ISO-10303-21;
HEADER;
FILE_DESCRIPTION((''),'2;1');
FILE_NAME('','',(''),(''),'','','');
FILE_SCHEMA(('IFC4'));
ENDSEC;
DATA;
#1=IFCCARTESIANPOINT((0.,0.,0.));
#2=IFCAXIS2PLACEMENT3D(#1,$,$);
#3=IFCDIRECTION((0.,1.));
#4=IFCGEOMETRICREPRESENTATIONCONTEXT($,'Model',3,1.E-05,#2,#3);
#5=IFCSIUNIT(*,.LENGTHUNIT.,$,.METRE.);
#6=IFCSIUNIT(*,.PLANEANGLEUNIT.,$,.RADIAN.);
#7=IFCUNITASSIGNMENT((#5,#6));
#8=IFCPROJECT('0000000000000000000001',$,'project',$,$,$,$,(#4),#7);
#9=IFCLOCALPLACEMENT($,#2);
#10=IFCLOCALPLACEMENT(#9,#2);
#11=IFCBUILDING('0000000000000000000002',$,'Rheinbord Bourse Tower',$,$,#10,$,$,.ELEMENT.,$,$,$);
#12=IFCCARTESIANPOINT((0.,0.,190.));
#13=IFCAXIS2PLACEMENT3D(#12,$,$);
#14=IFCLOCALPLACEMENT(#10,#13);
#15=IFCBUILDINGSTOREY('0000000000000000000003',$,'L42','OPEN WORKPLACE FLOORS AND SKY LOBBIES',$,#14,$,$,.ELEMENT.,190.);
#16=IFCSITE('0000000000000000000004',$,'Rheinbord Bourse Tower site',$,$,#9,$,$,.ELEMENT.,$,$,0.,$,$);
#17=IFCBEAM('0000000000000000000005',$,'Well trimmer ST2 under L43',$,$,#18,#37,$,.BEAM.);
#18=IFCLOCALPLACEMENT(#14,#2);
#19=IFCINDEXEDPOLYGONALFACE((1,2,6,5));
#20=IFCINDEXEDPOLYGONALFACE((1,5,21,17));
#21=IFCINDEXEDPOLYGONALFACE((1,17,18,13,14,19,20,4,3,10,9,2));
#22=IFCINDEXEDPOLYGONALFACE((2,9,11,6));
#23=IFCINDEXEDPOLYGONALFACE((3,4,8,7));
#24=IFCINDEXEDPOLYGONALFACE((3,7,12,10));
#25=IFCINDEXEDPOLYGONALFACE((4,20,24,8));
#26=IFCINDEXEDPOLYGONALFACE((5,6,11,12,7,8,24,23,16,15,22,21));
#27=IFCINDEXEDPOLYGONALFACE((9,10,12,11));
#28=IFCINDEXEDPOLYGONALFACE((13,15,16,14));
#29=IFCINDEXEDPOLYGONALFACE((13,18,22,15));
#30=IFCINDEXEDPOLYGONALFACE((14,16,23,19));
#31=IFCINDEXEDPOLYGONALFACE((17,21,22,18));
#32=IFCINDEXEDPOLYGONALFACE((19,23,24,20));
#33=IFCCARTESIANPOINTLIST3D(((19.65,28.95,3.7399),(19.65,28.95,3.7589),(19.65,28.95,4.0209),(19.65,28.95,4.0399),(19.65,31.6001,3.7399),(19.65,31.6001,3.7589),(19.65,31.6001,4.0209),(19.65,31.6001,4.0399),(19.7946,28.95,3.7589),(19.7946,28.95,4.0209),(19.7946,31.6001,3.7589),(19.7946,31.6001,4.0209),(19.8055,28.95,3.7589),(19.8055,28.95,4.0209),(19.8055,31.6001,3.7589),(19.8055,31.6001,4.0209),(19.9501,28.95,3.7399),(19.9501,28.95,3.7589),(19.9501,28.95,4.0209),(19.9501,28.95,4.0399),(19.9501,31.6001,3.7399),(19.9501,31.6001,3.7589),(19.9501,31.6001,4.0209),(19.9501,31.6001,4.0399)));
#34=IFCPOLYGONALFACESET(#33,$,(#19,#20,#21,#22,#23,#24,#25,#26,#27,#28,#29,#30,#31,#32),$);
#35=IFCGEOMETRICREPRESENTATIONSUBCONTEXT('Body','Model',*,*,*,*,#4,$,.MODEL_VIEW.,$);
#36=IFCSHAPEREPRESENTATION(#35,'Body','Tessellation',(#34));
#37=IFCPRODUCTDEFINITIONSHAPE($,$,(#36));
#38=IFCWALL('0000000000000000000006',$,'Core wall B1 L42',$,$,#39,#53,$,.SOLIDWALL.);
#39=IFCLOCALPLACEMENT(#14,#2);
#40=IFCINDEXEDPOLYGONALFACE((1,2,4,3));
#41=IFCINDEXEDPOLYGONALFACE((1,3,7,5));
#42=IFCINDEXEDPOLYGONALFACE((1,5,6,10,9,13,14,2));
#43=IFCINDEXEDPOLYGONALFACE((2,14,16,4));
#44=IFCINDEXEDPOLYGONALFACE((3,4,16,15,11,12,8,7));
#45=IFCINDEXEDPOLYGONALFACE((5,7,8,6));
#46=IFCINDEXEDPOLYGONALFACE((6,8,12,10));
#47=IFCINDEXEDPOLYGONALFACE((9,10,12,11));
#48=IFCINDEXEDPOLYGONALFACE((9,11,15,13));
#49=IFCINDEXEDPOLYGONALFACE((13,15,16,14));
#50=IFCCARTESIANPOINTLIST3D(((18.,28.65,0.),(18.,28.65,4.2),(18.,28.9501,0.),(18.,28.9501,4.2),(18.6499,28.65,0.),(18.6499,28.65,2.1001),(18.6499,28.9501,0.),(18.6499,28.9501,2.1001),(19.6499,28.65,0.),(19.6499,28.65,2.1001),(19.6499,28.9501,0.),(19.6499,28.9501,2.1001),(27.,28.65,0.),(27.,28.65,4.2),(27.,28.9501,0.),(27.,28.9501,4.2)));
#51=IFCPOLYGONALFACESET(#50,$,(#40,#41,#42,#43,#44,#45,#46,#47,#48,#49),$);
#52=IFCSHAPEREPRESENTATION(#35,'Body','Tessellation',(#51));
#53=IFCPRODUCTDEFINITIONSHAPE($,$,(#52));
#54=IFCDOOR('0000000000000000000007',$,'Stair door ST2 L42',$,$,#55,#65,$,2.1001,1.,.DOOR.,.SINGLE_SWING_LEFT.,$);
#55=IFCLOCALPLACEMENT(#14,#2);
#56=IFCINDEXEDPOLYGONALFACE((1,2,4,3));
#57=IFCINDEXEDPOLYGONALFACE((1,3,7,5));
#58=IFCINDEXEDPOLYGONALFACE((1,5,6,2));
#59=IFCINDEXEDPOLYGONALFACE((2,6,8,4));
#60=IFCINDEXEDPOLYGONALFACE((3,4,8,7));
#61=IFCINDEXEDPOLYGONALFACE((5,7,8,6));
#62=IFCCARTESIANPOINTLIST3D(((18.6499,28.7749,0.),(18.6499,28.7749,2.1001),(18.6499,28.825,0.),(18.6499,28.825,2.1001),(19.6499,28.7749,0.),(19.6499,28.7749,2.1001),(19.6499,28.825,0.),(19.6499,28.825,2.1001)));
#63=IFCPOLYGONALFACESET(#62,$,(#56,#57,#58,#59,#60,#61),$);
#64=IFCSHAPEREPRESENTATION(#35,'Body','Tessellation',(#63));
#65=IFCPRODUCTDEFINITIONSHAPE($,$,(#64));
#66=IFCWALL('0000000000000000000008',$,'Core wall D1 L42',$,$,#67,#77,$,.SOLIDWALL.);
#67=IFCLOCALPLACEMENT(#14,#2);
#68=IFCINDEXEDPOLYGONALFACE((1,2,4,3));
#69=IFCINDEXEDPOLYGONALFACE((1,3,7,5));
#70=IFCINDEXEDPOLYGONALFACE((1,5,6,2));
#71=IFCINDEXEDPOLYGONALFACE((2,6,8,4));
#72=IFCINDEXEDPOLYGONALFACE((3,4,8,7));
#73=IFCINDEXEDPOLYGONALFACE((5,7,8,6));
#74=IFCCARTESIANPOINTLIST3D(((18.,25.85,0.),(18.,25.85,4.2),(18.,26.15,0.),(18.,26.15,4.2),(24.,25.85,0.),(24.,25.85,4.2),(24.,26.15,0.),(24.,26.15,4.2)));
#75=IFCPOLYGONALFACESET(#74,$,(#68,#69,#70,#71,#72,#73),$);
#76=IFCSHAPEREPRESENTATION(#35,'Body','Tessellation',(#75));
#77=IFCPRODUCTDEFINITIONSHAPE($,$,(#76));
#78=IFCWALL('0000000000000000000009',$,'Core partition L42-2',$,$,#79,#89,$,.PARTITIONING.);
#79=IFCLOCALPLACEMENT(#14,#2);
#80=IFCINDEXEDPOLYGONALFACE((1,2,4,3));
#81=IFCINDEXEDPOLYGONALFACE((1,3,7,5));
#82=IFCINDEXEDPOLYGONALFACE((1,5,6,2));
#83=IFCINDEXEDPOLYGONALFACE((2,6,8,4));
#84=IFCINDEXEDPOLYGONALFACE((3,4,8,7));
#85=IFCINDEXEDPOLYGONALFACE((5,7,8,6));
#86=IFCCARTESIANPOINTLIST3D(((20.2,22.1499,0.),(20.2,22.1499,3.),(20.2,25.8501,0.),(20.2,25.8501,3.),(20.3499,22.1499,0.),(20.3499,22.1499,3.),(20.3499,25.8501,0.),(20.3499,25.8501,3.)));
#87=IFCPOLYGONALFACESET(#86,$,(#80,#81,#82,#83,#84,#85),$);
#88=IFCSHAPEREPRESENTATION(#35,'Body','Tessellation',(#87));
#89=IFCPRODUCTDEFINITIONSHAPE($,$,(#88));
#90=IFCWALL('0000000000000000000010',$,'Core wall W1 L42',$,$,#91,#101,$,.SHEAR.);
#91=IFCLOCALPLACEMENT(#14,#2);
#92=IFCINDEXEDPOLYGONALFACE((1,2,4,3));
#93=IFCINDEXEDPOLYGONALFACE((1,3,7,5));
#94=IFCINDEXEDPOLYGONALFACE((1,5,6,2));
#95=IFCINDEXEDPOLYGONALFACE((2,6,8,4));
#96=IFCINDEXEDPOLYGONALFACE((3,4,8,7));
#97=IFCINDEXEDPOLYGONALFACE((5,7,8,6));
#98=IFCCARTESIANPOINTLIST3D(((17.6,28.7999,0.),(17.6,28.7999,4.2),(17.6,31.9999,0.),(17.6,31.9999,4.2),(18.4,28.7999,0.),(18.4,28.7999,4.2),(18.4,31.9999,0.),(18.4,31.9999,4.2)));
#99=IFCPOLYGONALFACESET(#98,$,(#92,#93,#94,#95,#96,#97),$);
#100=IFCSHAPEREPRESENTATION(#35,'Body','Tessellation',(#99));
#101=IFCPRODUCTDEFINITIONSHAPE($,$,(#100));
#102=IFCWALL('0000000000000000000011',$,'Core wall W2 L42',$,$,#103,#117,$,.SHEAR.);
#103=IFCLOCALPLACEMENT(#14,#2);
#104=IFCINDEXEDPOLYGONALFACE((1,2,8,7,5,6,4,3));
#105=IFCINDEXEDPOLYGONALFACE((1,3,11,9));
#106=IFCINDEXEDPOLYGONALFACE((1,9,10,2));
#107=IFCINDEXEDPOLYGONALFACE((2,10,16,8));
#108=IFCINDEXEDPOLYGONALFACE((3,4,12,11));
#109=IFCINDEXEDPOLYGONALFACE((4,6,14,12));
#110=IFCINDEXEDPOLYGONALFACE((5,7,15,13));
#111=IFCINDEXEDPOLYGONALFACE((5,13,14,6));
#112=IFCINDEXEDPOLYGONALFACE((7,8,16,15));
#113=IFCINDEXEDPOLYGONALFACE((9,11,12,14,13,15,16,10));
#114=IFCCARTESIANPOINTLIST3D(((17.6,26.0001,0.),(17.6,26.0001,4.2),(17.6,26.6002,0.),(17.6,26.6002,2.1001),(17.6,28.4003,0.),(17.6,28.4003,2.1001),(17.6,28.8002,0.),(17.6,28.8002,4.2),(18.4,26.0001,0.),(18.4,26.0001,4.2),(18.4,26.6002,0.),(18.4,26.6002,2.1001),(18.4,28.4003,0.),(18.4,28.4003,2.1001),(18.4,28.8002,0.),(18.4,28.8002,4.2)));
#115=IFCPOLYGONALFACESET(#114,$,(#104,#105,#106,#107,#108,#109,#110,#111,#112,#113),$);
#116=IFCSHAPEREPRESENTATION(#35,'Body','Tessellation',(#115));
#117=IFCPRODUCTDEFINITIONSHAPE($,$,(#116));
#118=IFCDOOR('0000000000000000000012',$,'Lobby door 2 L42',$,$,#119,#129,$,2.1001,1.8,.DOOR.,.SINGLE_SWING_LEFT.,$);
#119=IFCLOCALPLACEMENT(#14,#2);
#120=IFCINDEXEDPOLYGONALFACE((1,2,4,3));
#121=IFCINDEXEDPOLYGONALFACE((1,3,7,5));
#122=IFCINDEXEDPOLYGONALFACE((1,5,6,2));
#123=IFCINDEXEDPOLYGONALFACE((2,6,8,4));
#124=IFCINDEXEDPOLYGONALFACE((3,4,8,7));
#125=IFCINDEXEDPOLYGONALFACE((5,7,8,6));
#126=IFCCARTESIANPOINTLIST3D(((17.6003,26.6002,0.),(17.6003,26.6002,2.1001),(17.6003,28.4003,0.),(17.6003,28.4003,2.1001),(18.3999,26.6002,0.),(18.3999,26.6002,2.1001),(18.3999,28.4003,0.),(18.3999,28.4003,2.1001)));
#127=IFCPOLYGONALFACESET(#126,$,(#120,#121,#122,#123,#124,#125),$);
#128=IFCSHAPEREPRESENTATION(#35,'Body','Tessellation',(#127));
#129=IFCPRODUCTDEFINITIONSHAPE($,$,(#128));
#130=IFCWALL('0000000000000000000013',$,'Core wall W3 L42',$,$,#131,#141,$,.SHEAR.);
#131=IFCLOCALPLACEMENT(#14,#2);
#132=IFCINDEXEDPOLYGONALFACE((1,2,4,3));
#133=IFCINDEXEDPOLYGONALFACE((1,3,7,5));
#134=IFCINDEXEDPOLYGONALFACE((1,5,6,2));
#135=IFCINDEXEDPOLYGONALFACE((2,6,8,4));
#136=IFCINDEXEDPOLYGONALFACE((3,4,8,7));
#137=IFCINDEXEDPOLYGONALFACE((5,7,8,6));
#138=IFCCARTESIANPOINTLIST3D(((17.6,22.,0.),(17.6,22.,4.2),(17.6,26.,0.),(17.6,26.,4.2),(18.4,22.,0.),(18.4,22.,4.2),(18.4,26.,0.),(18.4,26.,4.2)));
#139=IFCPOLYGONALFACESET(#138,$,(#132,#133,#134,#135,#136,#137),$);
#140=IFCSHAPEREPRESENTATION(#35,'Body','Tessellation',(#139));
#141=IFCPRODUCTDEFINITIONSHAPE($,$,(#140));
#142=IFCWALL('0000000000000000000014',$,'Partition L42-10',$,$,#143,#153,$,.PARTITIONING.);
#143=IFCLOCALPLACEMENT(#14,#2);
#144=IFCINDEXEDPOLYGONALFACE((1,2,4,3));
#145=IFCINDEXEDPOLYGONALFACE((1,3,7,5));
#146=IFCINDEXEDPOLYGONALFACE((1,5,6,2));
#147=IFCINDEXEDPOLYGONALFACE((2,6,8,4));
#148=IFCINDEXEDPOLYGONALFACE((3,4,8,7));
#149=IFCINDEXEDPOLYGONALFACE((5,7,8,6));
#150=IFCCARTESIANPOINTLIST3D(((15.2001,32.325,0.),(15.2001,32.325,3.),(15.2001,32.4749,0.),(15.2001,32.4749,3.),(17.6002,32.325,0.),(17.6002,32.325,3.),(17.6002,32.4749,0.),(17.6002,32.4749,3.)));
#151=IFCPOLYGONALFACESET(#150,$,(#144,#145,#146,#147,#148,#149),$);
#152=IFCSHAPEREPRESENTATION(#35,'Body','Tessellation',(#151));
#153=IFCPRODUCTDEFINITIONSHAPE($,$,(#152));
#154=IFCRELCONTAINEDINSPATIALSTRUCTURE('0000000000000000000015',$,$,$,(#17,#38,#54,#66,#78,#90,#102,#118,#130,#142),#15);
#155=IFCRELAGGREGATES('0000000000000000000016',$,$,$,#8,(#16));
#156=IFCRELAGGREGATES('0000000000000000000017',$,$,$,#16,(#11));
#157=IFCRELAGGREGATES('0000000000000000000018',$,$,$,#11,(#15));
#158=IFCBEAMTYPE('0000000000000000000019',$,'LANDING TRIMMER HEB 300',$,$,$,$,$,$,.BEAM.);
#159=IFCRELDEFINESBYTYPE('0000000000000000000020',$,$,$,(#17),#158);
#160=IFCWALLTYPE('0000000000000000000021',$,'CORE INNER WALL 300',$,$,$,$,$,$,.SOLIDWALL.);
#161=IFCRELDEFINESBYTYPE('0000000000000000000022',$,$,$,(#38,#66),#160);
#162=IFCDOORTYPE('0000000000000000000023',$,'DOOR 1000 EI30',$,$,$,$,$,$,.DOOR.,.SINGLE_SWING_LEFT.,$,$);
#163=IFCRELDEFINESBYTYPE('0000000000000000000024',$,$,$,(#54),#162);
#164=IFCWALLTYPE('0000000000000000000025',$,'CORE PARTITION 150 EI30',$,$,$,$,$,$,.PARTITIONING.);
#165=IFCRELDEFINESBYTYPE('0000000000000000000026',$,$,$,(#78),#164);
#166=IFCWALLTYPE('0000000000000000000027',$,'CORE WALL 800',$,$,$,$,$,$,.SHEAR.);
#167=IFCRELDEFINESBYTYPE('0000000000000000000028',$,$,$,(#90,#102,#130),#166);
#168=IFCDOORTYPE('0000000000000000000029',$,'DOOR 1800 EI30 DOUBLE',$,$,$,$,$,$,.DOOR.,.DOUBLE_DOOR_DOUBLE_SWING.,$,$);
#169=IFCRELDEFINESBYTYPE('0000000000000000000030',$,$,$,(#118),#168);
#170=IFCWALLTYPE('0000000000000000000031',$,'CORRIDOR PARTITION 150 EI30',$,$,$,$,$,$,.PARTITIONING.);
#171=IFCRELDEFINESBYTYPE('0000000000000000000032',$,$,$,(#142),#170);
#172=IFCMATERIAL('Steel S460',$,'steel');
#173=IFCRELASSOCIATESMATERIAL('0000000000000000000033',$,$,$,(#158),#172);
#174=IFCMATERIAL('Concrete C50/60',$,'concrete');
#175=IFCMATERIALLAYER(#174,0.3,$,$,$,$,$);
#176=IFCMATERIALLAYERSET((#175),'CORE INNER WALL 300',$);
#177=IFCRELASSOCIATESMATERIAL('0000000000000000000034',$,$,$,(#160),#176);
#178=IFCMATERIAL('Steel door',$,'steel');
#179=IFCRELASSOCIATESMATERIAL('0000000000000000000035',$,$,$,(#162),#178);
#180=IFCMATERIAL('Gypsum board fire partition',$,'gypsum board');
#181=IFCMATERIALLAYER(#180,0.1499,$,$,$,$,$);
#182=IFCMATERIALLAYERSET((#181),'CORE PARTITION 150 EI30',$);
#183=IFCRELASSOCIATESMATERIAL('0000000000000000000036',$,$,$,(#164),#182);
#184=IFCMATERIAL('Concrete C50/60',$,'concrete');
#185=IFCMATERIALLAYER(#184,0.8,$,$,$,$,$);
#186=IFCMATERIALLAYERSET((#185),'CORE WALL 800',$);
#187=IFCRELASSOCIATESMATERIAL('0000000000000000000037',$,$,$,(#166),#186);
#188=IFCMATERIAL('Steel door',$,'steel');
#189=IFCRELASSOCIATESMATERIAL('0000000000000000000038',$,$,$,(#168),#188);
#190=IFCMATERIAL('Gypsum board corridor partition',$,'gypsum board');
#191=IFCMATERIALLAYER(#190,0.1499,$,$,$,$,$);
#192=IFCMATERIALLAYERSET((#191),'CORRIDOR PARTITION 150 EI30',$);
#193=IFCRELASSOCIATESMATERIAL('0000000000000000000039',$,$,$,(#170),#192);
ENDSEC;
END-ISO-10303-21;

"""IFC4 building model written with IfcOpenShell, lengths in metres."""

from ifc_helpers import new_model, si_unit, direction, frame, frame_2d, origin, origin_2d, place, context, subcontext, project, spatial, rectangle, i_section, extrude, material, layer, layer_set, material_profile, profile_set, type_object, element, fill, save


model = new_model("IFC4")

# Units and contexts
model_context = context("Model", 3, precision=1e-05, world=origin(), true_north=direction((0.0, 1.0)))
body_context = subcontext(model_context, "Body", "Model", "MODEL_VIEW")
ifc_project = project(units=[si_unit("LENGTHUNIT", "METRE"), si_unit("PLANEANGLEUNIT", "RADIAN")], contexts=[model_context])

# Site, building, storey
site_placement = place(None, origin())
site = spatial("IfcSite", under=ifc_project, at=site_placement, Name="Rheinbord Bourse Tower site", CompositionType="ELEMENT", RefElevation=0.0)
building_placement = place(site_placement, origin())
building = spatial("IfcBuilding", under=site, at=building_placement, Name="Rheinbord Bourse Tower", CompositionType="ELEMENT")
storey_placement = place(building_placement, frame((0.0, 0.0, 190.0)))
storey = spatial("IfcBuildingStorey", under=building, at=storey_placement, Name="L42", Description="OPEN WORKPLACE FLOORS AND SKY LOBBIES", CompositionType="ELEMENT", Elevation=190.0)

# Beam
ifc_material_1 = material(Name="Steel S460", Category="steel")
ifc_material_profile = material_profile(ifc_material_1, i_section(OverallWidth=0.3, OverallDepth=0.3, WebThickness=0.011, FlangeThickness=0.019, at=origin_2d()), Name="HEB 300")
ifc_profile_set = profile_set([ifc_material_profile], Name="Steel S460")
beam_type = type_object("IfcBeamType", Name="LANDING TRIMMER HEB 300", PredefinedType="BEAM", material=ifc_profile_set)
beam_placement = place(storey_placement, frame((19.8, 28.95, 3.8899), z_axis=(0.0, 1.0, 0.0), x_axis=(-1.0, 0.0, 0.0)))
element("IfcBeam", 1, at=beam_placement, inside=storey, type_object=beam_type, Name="Well trimmer ST2 under L43", PredefinedType="BEAM", context=body_context, shape_type="SweptSolid", body=[
    extrude(i_section(OverallWidth=0.3, OverallDepth=0.3, WebThickness=0.011, FlangeThickness=0.019, at=origin_2d()), origin(), (0.0, 0.0, 1.0), 2.6501),
])

# Wall, opening, door
ifc_material_2 = material(Name="Concrete C50/60", Category="concrete")
ifc_layer_1 = layer(ifc_material_2, 0.3)
ifc_layer_set_1 = layer_set([ifc_layer_1], Name="CORE INNER WALL 300")
wall_type_1 = type_object("IfcWallType", Name="CORE INNER WALL 300", PredefinedType="SOLIDWALL", material=ifc_layer_set_1)
wall_1_placement = place(storey_placement, frame((18.0, 28.8, 0.0), z_axis=(0.0, 0.0, 1.0), x_axis=(1.0, 0.0, 0.0)))
wall_1 = element("IfcWall", 2, at=wall_1_placement, inside=storey, type_object=wall_type_1, Name="Core wall B1 L42", PredefinedType="SOLIDWALL", context=body_context, shape_type="SweptSolid", body=[
    extrude(rectangle(XDim=9.0, YDim=0.3, at=frame_2d((4.5, 0.0))), origin(), (0.0, 0.0, 1.0), 4.2),
])
opening_1_placement = place(wall_1_placement, frame((0.6499, 0.0, 0.0)))
opening_1 = element("IfcOpeningElement", 3, at=opening_1_placement, cuts=wall_1, PredefinedType="OPENING", context=body_context, shape_type="SweptSolid", body=[
    extrude(rectangle(XDim=1.0, YDim=2.1001, at=frame_2d((0.5, 1.05))), frame((0.0, 0.1599, 0.0), z_axis=(0.0, -1.0, 0.0), x_axis=(1.0, 0.0, 0.0)), (0.0, 0.0, 1.0), 0.3201),
])
ifc_material_3 = material(Name="Steel door", Category="steel")
door_type_1 = type_object("IfcDoorType", Name="DOOR 1000 EI30", OperationType="SINGLE_SWING_LEFT", PredefinedType="DOOR", material=ifc_material_3)
door_1_placement = place(opening_1_placement, origin())
door_1 = element("IfcDoor", 4, at=door_1_placement, inside=storey, type_object=door_type_1, Name="Stair door ST2 L42", OperationType="SINGLE_SWING_LEFT", OverallHeight=2.1001, OverallWidth=1.0, PredefinedType="DOOR", context=body_context, shape_type="SweptSolid", body=[
    extrude(rectangle(XDim=1.0, YDim=2.1001, at=frame_2d((0.5, 1.05))), frame((0.0, 0.0249, 0.0), z_axis=(0.0, -1.0, 0.0), x_axis=(1.0, 0.0, 0.0)), (0.0, 0.0, 1.0), 0.05),
])
fill(opening_1, door_1)

# Walls
wall_2_placement = place(storey_placement, frame((18.0, 26.0, 0.0), z_axis=(0.0, 0.0, 1.0), x_axis=(1.0, 0.0, 0.0)))
element("IfcWall", 5, at=wall_2_placement, inside=storey, type_object=wall_type_1, Name="Core wall D1 L42", PredefinedType="SOLIDWALL", context=body_context, shape_type="SweptSolid", body=[
    extrude(rectangle(XDim=6.0, YDim=0.3, at=frame_2d((3.0, 0.0))), origin(), (0.0, 0.0, 1.0), 4.2),
])
ifc_material_4 = material(Name="Gypsum board fire partition", Category="gypsum board")
ifc_layer_2 = layer(ifc_material_4, 0.1499)
ifc_layer_set_2 = layer_set([ifc_layer_2], Name="CORE PARTITION 150 EI30")
wall_type_2 = type_object("IfcWallType", Name="CORE PARTITION 150 EI30", PredefinedType="PARTITIONING", material=ifc_layer_set_2)
wall_3_placement = place(storey_placement, frame((20.2749, 22.1499, 0.0), z_axis=(0.0, 0.0, 1.0), x_axis=(0.0, 1.0, 0.0)))
element("IfcWall", 6, at=wall_3_placement, inside=storey, type_object=wall_type_2, Name="Core partition L42-2", PredefinedType="PARTITIONING", context=body_context, shape_type="SweptSolid", body=[
    extrude(rectangle(XDim=3.7002, YDim=0.1499, at=frame_2d((1.8501, 0.0))), origin(), (0.0, 0.0, 1.0), 3.0),
])
ifc_material_5 = material(Name="Concrete C50/60", Category="concrete")
ifc_layer_3 = layer(ifc_material_5, 0.8)
ifc_layer_set_3 = layer_set([ifc_layer_3], Name="CORE WALL 800")
wall_type_3 = type_object("IfcWallType", Name="CORE WALL 800", PredefinedType="SHEAR", material=ifc_layer_set_3)
wall_4_placement = place(storey_placement, frame((18.0, 32.0, 0.0), z_axis=(0.0, 0.0, 1.0), x_axis=(0.0, -1.0, 0.0)))
element("IfcWall", 7, at=wall_4_placement, inside=storey, type_object=wall_type_3, Name="Core wall W1 L42", PredefinedType="SHEAR", context=body_context, shape_type="SweptSolid", body=[
    extrude(rectangle(XDim=3.2, YDim=0.8, at=frame_2d((1.6001, 0.0))), origin(), (0.0, 0.0, 1.0), 4.2),
])

# Wall, opening, door
wall_5_placement = place(storey_placement, frame((18.0, 28.8, 0.0), z_axis=(0.0, 0.0, 1.0), x_axis=(0.0, -1.0, 0.0)))
wall_5 = element("IfcWall", 8, at=wall_5_placement, inside=storey, type_object=wall_type_3, Name="Core wall W2 L42", PredefinedType="SHEAR", context=body_context, shape_type="SweptSolid", body=[
    extrude(rectangle(XDim=2.8, YDim=0.8, at=frame_2d((1.3999, 0.0))), origin(), (0.0, 0.0, 1.0), 4.2),
])
opening_2_placement = place(wall_5_placement, frame((0.3999, 0.0, 0.0)))
opening_2 = element("IfcOpeningElement", 9, at=opening_2_placement, cuts=wall_5, PredefinedType="OPENING", context=body_context, shape_type="SweptSolid", body=[
    extrude(rectangle(XDim=1.8, YDim=2.1001, at=frame_2d((0.8999, 1.05))), frame((0.0, 0.4099, 0.0), z_axis=(0.0, -1.0, 0.0), x_axis=(1.0, 0.0, 0.0)), (0.0, 0.0, 1.0), 0.8201),
])
ifc_material_6 = material(Name="Steel door", Category="steel")
door_type_2 = type_object("IfcDoorType", Name="DOOR 1800 EI30 DOUBLE", OperationType="DOUBLE_DOOR_DOUBLE_SWING", PredefinedType="DOOR", material=ifc_material_6)
door_2_placement = place(opening_2_placement, origin())
door_2 = element("IfcDoor", 10, at=door_2_placement, inside=storey, type_object=door_type_2, Name="Lobby door 2 L42", OperationType="SINGLE_SWING_LEFT", OverallHeight=2.1001, OverallWidth=1.8, PredefinedType="DOOR", context=body_context, shape_type="SweptSolid", body=[
    extrude(rectangle(XDim=1.8, YDim=2.1001, at=frame_2d((0.8999, 1.05))), frame((0.0, 0.3999, 0.0), z_axis=(0.0, -1.0, 0.0), x_axis=(1.0, 0.0, 0.0)), (0.0, 0.0, 1.0), 0.7996),
])
fill(opening_2, door_2)

# Walls
wall_6_placement = place(storey_placement, frame((18.0, 26.0, 0.0), z_axis=(0.0, 0.0, 1.0), x_axis=(0.0, -1.0, 0.0)))
element("IfcWall", 11, at=wall_6_placement, inside=storey, type_object=wall_type_3, Name="Core wall W3 L42", PredefinedType="SHEAR", context=body_context, shape_type="SweptSolid", body=[
    extrude(rectangle(XDim=4.0, YDim=0.8, at=frame_2d((2.0, 0.0))), origin(), (0.0, 0.0, 1.0), 4.2),
])
ifc_material_7 = material(Name="Gypsum board corridor partition", Category="gypsum board")
ifc_layer_4 = layer(ifc_material_7, 0.1499)
ifc_layer_set_4 = layer_set([ifc_layer_4], Name="CORRIDOR PARTITION 150 EI30")
wall_type_4 = type_object("IfcWallType", Name="CORRIDOR PARTITION 150 EI30", PredefinedType="PARTITIONING", material=ifc_layer_set_4)
wall_7_placement = place(storey_placement, frame((15.2, 32.3999, 0.0), z_axis=(0.0, 0.0, 1.0), x_axis=(1.0, 0.0, 0.0)))
element("IfcWall", 12, at=wall_7_placement, inside=storey, type_object=wall_type_4, Name="Partition L42-10", PredefinedType="PARTITIONING", context=body_context, shape_type="SweptSolid", body=[
    extrude(rectangle(XDim=2.4001, YDim=0.1499, at=frame_2d((1.2002, 0.0))), origin(), (0.0, 0.0, 1.0), 3.0),
])

save(model, "model.ifc")
